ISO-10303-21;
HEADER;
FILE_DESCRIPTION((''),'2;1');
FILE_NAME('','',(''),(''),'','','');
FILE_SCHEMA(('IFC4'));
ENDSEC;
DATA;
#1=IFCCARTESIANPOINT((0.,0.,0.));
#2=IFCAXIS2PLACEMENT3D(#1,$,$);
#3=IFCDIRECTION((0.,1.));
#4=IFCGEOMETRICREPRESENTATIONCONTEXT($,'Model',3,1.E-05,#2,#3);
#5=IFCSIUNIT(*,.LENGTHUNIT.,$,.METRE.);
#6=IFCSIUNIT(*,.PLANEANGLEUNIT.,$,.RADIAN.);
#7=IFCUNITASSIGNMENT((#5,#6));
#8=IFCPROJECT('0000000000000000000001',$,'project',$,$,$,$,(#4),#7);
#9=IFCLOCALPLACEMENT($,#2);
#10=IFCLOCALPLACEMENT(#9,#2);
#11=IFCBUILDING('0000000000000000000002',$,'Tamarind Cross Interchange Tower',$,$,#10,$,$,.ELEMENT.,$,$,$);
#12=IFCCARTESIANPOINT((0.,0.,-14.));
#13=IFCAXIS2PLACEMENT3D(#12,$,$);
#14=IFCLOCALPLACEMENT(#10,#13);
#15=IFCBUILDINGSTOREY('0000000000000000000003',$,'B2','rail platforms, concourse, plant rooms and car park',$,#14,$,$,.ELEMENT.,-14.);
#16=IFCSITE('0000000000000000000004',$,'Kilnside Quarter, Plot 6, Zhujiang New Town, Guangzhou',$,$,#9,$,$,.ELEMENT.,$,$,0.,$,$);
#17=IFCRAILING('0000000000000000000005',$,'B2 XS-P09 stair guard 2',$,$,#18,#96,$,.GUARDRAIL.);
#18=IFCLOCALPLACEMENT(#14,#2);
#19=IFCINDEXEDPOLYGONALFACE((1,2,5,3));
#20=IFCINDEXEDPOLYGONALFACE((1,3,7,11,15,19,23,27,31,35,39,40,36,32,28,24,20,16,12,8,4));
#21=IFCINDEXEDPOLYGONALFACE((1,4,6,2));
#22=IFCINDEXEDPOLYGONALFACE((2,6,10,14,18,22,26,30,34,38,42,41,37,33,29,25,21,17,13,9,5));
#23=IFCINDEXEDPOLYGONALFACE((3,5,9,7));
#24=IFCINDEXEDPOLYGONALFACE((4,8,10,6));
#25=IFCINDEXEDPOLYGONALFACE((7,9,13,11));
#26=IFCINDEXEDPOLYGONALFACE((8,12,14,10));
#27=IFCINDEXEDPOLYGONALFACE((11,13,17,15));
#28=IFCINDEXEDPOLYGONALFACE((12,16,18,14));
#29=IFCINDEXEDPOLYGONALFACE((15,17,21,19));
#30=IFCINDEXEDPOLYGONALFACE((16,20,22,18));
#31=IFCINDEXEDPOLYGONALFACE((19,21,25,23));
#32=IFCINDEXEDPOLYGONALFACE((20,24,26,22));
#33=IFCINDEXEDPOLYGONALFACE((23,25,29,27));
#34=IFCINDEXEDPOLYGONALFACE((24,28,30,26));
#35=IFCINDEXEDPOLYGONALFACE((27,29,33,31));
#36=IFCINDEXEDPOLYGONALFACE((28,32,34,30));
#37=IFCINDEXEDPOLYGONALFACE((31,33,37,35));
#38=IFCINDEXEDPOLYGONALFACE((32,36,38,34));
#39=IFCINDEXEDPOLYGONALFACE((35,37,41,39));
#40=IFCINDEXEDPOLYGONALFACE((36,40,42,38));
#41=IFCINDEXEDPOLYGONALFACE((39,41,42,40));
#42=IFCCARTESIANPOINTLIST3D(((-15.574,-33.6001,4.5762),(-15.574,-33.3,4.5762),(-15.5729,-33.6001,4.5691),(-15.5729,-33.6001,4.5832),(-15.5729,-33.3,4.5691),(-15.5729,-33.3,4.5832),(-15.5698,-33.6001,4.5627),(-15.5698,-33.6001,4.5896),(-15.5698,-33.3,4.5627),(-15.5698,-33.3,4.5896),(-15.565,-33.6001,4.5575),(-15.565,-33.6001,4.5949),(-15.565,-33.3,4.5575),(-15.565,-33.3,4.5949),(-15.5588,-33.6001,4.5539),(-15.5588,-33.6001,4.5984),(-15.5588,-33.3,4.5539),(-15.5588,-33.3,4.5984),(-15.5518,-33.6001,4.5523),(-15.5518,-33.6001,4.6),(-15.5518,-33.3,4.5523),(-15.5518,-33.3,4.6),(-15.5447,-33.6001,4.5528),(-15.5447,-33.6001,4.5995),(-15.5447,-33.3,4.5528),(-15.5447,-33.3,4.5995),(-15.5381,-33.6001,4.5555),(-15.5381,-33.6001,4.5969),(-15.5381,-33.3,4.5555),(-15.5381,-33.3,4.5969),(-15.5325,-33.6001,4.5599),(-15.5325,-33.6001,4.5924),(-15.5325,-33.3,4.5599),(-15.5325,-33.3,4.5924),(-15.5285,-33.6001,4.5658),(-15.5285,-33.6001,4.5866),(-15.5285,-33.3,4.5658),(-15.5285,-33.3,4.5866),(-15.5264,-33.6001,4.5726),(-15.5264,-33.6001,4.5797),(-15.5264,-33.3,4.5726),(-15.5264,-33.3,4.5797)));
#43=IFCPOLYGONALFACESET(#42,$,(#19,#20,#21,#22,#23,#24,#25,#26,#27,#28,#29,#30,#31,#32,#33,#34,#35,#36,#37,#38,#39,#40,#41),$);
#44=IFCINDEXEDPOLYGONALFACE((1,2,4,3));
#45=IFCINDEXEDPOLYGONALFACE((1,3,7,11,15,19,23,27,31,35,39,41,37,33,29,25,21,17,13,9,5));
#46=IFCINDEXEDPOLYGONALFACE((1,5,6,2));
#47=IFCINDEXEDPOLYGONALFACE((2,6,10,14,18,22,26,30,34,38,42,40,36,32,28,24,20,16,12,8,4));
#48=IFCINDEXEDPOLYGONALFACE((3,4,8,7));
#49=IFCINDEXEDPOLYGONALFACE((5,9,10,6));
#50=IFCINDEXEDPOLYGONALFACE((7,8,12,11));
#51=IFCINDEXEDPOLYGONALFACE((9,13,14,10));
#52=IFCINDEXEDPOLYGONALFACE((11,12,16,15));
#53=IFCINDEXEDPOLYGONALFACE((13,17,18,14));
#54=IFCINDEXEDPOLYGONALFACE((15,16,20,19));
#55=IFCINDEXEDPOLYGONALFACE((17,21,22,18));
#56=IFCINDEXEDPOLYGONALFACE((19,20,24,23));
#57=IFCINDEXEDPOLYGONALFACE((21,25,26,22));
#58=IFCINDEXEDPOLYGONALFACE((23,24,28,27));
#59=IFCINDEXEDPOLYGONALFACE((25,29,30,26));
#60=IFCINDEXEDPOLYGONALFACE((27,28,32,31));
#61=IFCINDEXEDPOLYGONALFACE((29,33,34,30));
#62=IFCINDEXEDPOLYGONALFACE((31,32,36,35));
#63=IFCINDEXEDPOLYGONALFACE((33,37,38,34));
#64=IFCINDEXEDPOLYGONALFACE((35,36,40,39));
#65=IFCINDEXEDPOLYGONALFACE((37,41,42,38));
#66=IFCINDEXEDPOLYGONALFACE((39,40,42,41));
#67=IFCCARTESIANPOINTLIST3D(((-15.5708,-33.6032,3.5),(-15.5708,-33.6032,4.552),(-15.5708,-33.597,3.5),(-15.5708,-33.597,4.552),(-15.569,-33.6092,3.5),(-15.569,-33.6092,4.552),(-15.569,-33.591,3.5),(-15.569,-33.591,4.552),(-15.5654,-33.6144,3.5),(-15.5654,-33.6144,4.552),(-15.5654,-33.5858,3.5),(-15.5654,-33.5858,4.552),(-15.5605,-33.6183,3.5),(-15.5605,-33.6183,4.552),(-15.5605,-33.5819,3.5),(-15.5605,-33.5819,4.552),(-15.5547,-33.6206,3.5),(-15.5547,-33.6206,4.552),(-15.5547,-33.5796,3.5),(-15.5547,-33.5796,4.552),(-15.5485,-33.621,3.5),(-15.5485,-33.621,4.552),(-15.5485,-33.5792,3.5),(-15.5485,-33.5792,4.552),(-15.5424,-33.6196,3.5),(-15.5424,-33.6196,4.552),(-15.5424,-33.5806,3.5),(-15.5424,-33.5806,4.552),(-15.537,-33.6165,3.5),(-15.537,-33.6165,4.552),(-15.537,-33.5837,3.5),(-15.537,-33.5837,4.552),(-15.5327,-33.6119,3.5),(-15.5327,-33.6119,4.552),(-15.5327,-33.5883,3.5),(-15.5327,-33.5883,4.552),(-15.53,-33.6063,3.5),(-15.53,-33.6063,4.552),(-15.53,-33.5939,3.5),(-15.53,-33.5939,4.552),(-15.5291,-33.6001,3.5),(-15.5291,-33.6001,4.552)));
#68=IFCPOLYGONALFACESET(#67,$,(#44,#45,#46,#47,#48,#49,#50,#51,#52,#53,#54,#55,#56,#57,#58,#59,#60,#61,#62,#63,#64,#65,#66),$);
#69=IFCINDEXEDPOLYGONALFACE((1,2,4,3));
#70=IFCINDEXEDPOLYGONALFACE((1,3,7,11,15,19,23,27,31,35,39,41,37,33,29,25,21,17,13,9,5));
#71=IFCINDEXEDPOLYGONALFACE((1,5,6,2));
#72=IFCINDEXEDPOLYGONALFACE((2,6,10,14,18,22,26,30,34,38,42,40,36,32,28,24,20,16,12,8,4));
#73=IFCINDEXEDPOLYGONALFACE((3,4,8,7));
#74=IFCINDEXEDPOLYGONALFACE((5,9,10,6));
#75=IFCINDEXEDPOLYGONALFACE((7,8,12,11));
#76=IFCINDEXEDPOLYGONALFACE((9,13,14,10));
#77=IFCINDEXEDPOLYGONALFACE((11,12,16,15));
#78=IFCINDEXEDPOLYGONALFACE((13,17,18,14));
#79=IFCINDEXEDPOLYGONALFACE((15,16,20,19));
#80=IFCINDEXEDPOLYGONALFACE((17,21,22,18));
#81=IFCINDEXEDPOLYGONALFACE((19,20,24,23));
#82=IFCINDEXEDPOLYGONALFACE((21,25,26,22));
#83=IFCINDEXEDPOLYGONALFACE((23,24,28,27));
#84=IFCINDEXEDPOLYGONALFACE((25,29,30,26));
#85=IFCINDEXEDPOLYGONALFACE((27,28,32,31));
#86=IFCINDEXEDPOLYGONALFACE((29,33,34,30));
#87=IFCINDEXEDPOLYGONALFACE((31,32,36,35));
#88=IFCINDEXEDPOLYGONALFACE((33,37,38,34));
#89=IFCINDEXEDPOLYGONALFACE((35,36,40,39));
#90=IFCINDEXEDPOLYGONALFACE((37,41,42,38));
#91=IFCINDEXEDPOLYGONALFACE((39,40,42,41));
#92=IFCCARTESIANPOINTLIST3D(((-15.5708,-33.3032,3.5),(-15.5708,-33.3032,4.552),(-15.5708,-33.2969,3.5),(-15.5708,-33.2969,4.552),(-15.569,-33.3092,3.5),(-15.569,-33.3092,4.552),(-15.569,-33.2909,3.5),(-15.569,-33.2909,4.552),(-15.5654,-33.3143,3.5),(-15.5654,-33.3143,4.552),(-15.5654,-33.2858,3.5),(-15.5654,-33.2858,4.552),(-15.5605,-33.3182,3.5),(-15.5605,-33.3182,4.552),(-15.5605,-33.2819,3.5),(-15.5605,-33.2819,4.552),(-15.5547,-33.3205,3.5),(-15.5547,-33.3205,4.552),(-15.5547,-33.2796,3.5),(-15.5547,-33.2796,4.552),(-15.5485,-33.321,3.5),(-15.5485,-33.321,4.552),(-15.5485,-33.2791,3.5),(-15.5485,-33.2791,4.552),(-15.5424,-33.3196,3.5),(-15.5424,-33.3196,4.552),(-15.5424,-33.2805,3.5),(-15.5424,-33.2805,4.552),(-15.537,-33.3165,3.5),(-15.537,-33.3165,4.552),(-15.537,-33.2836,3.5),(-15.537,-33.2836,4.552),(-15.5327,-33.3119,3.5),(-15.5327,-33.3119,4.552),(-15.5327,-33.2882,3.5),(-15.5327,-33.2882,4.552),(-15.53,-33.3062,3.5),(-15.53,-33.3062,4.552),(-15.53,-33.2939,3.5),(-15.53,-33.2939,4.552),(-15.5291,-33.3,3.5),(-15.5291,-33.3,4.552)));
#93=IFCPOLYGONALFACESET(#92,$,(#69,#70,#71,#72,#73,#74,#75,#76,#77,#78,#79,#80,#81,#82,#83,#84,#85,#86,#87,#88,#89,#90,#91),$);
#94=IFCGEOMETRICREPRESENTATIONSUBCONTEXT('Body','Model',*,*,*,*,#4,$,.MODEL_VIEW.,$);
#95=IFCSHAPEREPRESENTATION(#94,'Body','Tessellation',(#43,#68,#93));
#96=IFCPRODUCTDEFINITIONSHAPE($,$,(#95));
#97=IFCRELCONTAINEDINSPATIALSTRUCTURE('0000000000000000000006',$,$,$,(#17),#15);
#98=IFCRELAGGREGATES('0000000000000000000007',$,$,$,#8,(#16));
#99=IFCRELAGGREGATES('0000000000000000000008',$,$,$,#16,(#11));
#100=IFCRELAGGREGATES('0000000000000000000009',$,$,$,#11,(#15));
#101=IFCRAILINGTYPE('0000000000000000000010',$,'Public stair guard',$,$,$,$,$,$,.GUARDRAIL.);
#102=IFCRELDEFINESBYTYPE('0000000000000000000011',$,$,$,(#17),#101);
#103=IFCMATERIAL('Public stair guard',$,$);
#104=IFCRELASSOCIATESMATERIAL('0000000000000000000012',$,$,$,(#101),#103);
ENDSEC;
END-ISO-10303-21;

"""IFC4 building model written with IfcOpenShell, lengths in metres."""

from ifc_helpers import new_model, si_unit, direction, frame, origin, origin_2d, place, context, subcontext, project, spatial, circle, extrude, material, type_object, element, save


model = new_model("IFC4")

# Units and contexts
model_context = context("Model", 3, precision=1e-05, world=origin(), true_north=direction((0.0, 1.0)))
body_context = subcontext(model_context, "Body", "Model", "MODEL_VIEW")
ifc_project = project(units=[si_unit("LENGTHUNIT", "METRE"), si_unit("PLANEANGLEUNIT", "RADIAN")], contexts=[model_context])

# Site, building, storey
site_placement = place(None, origin())
site = spatial("IfcSite", under=ifc_project, at=site_placement, Name="Kilnside Quarter, Plot 6, Zhujiang New Town, Guangzhou", CompositionType="ELEMENT", RefElevation=0.0)
building_placement = place(site_placement, origin())
building = spatial("IfcBuilding", under=site, at=building_placement, Name="Tamarind Cross Interchange Tower", CompositionType="ELEMENT")
storey_placement = place(building_placement, frame((0.0, 0.0, -14.0)))
storey = spatial("IfcBuildingStorey", under=building, at=storey_placement, Name="B2", Description="rail platforms, concourse, plant rooms and car park", CompositionType="ELEMENT", Elevation=-14.0)

# Railing
ifc_material_1 = material(Name="Public stair guard")
railing_type_1 = type_object("IfcRailingType", Name="Public stair guard", PredefinedType="GUARDRAIL", material=ifc_material_1)
railing_1_placement = place(storey_placement, frame((-15.55, -33.6001, 3.5)))
element("IfcRailing", 1, at=railing_1_placement, inside=storey, type_object=railing_type_1, Name="B2 XS-P09 stair guard 2", PredefinedType="GUARDRAIL", context=body_context, shape_type="SweptSolid", body=[
    extrude(circle(Radius=0.0239, at=origin_2d()), frame((0.0, 0.0, 1.0762), z_axis=(0.0, 1.0, 0.0), x_axis=(-1.0, 0.0, 0.0)), (0.0, 0.0, 1.0), 0.3),
    extrude(circle(Radius=0.021, at=origin_2d()), origin(), (0.0, 0.0, 1.0), 1.052),
    extrude(circle(Radius=0.021, at=origin_2d()), frame((0.0, 0.3, 0.0)), (0.0, 0.0, 1.0), 1.052),
])

save(model, "model.ifc")
